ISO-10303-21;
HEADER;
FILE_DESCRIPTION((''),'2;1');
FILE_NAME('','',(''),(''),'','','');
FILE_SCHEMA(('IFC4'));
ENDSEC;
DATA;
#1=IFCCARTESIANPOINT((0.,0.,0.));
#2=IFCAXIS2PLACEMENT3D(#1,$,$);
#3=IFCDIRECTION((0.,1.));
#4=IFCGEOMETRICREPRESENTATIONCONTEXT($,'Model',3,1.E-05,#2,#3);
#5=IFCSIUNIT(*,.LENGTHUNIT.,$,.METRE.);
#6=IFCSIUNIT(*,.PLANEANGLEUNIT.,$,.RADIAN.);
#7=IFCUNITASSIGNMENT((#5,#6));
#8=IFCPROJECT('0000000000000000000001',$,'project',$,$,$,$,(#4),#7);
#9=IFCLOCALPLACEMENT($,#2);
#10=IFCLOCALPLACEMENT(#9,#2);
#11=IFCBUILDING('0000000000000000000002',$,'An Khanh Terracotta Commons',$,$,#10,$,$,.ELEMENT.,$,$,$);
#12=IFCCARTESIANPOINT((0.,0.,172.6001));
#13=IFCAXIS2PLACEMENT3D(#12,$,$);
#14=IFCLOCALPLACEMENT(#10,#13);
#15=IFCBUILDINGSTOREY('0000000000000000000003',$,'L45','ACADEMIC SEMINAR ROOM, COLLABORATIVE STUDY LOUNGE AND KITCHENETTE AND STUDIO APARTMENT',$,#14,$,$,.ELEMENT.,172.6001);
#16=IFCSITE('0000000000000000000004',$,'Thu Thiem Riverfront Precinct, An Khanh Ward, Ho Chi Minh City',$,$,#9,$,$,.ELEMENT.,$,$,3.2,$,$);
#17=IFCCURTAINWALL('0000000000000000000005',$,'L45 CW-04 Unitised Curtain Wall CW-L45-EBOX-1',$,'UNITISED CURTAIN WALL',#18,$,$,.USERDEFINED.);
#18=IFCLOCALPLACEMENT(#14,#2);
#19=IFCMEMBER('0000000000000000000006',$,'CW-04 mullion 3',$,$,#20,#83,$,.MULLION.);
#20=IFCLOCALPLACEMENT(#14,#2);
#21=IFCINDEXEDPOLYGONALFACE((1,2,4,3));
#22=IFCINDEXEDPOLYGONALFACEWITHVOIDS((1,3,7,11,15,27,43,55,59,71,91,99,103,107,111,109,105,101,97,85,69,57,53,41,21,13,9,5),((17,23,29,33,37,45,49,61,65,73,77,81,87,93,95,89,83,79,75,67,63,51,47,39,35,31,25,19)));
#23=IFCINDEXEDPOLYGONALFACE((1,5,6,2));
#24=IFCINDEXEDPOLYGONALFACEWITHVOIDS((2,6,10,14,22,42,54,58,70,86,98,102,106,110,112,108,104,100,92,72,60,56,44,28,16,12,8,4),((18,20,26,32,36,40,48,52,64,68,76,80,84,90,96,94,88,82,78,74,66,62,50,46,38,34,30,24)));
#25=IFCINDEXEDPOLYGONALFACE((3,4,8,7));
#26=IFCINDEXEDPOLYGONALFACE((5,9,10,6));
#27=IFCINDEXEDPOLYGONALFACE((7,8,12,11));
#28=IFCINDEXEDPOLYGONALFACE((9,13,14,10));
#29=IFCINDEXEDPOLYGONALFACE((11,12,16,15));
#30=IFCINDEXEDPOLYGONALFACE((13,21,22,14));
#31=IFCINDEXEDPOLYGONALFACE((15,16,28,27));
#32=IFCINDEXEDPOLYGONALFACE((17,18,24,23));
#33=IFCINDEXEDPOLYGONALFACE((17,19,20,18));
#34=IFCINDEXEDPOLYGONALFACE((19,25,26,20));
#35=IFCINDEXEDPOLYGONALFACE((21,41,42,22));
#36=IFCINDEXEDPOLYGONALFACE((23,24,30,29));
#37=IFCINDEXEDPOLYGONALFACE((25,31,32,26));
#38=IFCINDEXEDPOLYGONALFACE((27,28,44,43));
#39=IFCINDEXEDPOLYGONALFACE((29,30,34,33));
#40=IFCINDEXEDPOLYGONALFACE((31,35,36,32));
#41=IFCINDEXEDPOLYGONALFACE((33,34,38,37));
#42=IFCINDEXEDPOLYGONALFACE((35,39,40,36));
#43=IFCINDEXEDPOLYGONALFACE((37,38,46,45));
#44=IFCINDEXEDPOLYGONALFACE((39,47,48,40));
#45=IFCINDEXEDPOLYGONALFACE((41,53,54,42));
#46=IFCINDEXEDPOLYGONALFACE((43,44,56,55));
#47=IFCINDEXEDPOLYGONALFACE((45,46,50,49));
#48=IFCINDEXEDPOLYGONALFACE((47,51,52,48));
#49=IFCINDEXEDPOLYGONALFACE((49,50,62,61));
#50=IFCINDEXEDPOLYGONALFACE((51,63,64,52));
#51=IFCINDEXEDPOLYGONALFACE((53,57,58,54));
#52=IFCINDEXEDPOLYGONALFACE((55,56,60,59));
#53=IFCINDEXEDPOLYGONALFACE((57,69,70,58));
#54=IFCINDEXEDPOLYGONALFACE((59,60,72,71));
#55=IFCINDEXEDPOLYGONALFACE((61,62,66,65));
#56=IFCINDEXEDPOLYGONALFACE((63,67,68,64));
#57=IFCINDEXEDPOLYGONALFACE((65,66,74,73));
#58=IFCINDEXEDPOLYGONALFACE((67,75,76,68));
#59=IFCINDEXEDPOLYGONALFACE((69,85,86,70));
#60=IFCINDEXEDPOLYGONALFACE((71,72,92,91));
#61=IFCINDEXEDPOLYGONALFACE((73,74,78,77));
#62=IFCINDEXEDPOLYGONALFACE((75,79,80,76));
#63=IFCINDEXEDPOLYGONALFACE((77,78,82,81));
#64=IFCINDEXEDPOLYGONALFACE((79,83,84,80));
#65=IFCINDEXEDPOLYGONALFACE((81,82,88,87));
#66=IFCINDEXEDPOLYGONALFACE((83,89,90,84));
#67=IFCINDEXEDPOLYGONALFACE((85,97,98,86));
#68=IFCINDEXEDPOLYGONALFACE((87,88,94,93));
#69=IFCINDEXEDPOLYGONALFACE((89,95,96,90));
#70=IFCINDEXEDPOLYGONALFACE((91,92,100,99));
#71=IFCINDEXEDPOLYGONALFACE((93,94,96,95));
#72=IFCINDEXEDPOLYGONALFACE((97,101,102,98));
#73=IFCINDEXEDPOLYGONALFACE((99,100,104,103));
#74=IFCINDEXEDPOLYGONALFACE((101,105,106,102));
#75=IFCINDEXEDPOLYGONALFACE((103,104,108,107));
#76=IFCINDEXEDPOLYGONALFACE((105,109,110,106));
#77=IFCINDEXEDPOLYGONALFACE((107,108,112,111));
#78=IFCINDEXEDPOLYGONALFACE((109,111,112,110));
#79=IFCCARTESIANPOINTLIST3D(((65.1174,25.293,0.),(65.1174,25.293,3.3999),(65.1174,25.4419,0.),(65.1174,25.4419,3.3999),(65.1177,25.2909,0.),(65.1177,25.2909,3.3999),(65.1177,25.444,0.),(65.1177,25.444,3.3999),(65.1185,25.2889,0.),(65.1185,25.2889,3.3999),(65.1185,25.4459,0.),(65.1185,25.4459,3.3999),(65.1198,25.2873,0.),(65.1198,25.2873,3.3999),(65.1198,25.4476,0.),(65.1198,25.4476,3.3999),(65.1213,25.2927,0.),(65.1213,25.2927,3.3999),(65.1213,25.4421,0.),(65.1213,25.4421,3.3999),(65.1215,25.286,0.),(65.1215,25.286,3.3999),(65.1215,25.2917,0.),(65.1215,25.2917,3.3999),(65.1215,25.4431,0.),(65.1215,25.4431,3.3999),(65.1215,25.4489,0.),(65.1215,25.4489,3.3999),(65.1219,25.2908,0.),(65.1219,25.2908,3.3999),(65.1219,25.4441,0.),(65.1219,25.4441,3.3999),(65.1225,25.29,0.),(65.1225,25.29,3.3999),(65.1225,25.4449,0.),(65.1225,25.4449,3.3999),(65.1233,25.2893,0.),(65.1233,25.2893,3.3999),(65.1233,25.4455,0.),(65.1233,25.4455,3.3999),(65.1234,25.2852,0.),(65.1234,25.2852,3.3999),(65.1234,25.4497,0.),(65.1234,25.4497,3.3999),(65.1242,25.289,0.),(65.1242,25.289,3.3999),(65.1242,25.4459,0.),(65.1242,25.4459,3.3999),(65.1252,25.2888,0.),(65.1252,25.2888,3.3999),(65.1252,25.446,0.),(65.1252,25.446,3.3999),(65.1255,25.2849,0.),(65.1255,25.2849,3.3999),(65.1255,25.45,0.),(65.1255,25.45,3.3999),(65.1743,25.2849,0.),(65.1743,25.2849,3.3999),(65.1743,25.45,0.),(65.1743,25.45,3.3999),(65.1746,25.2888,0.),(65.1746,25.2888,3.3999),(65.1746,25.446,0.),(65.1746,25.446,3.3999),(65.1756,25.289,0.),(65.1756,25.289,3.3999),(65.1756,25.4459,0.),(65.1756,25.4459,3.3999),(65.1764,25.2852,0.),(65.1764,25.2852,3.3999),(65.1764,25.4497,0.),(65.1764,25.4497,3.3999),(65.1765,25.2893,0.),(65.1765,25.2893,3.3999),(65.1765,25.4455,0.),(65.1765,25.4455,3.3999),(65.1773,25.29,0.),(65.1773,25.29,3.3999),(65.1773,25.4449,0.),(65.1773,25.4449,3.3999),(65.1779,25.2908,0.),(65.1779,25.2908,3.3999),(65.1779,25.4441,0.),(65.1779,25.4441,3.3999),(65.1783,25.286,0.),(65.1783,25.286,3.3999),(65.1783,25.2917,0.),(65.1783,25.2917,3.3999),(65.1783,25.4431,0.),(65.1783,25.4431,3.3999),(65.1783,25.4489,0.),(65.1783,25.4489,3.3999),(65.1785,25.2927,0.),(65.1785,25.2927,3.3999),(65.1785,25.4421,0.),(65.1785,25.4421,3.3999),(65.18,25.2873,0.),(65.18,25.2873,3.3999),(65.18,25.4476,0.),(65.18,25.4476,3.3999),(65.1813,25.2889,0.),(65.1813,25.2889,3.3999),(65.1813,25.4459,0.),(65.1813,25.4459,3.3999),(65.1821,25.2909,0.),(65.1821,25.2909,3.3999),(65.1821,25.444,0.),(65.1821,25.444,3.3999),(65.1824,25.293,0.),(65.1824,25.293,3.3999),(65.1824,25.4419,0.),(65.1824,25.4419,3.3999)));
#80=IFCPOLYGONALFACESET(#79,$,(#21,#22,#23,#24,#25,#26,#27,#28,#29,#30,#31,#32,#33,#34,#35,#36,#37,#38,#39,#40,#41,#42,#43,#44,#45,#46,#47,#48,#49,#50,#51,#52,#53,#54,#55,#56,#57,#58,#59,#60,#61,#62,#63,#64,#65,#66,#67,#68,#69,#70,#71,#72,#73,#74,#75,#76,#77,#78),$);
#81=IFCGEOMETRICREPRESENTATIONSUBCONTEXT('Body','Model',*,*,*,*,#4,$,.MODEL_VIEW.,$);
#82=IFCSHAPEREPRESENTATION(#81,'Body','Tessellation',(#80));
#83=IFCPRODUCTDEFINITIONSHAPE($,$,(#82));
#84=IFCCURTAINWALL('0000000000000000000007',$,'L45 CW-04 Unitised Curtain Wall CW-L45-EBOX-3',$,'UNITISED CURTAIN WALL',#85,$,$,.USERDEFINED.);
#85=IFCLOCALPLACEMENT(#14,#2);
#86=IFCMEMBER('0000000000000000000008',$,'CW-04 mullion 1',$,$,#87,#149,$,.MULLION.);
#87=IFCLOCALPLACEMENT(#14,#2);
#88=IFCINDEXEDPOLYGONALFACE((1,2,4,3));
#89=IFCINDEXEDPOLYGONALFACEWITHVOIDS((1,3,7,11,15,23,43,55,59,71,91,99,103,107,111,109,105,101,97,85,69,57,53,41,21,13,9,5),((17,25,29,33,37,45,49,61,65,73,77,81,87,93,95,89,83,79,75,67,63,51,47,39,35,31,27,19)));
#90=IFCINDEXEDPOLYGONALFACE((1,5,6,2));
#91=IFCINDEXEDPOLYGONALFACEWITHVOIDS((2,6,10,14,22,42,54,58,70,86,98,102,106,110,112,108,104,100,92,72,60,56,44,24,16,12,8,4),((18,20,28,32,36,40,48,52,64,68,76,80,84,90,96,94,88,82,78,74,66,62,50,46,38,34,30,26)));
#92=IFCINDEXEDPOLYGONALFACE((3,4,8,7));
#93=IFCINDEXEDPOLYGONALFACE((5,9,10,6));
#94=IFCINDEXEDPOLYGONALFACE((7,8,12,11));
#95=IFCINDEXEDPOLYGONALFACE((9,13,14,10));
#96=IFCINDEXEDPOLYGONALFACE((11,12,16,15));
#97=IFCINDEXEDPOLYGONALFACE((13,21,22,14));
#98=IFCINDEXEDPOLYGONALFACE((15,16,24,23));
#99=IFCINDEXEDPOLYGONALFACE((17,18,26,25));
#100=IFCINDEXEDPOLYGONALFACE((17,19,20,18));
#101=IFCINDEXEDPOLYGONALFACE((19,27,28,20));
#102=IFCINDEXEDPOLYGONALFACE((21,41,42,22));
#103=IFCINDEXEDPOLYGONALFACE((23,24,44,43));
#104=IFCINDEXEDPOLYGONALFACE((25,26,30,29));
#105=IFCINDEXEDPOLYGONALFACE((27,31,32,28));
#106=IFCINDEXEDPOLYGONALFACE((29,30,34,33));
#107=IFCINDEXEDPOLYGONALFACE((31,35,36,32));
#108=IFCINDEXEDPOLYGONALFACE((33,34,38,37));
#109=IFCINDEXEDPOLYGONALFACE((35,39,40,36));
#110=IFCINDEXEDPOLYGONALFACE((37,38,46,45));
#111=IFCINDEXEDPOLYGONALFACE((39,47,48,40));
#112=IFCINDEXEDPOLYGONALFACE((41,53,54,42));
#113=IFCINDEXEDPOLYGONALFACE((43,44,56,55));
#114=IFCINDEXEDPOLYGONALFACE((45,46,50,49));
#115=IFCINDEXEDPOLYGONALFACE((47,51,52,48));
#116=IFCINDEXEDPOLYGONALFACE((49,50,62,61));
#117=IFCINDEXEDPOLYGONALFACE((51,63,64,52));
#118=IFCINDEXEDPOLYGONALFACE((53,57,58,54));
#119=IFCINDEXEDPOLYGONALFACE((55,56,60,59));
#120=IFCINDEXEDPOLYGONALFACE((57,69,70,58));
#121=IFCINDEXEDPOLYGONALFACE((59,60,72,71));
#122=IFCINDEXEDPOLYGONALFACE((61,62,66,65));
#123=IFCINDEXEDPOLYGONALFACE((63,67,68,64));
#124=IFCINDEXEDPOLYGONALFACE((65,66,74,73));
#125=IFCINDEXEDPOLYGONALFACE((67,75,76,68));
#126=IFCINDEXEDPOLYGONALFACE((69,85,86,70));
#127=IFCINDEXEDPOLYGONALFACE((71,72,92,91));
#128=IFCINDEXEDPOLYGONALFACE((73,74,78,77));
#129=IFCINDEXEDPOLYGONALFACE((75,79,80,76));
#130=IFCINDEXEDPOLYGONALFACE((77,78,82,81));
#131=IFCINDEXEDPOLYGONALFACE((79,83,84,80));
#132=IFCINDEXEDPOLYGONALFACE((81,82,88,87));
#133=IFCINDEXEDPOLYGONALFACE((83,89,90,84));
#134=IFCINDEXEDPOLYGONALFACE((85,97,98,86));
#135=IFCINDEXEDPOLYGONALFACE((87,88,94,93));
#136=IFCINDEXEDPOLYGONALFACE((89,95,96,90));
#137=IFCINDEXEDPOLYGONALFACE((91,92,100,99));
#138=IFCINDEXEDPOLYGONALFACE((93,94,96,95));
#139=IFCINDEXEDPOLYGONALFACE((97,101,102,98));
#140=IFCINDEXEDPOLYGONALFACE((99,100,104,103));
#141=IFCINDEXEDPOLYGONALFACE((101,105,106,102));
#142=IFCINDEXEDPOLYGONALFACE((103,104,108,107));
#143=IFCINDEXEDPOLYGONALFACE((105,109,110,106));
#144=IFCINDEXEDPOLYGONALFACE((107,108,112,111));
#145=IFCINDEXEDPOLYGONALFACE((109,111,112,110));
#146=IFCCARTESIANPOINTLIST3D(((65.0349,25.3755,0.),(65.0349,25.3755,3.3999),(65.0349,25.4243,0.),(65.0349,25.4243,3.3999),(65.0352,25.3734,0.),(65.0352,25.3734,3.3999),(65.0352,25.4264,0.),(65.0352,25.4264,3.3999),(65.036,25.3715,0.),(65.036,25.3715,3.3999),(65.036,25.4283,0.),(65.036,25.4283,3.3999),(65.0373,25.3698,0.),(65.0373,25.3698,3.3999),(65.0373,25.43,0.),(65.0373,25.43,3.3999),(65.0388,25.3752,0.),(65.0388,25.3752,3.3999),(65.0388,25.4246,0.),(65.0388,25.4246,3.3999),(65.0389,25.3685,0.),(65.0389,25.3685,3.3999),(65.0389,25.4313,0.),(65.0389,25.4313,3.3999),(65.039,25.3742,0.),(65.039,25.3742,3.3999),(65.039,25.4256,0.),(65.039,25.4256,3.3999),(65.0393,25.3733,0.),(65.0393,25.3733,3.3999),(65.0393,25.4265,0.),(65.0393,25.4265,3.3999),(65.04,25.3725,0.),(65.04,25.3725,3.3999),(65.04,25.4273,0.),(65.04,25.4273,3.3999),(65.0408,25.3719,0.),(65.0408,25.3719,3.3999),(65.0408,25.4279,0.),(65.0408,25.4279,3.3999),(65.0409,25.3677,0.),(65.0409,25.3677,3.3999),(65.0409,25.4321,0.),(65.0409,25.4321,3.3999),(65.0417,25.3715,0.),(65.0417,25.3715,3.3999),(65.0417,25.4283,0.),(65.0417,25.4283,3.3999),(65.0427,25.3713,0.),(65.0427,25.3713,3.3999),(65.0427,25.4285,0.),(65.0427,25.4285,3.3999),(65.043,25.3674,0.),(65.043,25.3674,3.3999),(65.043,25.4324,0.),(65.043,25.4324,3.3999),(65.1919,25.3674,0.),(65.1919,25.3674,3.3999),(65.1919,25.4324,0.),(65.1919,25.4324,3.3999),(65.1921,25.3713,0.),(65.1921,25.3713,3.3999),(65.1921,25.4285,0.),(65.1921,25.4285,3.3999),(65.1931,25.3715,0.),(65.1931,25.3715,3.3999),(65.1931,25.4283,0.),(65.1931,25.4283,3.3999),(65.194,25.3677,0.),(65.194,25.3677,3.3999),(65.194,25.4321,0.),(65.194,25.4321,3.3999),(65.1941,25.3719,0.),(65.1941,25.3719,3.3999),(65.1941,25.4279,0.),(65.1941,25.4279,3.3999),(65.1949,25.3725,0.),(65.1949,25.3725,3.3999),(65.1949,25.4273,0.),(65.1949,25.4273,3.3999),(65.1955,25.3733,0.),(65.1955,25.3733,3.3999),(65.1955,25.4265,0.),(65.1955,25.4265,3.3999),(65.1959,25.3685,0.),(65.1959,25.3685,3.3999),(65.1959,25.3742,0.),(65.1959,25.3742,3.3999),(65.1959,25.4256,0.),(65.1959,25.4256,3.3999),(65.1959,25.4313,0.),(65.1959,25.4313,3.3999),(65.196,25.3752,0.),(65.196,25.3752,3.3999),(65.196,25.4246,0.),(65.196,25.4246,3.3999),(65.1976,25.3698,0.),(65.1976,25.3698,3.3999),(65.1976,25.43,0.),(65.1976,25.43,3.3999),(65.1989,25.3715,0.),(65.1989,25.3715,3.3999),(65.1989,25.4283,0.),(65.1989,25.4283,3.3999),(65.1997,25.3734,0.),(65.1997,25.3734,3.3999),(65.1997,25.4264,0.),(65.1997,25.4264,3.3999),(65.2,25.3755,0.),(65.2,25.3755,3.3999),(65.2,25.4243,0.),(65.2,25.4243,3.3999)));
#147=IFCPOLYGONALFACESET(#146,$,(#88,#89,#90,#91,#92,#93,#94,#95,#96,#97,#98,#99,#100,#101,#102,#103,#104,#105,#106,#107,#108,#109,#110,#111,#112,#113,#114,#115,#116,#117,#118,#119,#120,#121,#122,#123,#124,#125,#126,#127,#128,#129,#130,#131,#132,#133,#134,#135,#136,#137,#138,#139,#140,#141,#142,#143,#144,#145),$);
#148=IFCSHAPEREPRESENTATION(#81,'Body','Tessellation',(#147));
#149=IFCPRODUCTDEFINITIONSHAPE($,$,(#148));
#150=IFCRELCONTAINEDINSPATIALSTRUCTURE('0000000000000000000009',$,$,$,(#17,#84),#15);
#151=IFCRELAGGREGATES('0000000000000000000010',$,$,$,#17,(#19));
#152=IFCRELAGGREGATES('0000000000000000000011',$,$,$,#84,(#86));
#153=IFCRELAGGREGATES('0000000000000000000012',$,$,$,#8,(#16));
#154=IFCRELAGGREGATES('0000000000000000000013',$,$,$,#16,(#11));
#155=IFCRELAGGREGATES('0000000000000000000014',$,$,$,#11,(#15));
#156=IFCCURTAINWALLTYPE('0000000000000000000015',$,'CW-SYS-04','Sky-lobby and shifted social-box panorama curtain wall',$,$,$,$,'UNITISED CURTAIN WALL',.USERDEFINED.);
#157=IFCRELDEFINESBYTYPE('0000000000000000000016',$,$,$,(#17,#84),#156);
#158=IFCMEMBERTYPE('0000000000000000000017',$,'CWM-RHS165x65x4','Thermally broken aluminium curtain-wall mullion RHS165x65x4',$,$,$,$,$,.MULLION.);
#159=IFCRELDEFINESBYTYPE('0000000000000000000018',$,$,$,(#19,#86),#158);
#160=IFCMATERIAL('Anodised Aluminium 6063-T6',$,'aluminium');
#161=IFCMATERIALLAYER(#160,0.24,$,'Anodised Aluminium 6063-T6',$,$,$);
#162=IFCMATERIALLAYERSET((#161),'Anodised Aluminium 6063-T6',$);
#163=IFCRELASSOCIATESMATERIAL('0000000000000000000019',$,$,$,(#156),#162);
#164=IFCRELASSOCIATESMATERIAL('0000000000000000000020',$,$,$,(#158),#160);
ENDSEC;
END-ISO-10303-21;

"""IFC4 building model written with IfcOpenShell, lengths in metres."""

from ifc_helpers import new_model, si_unit, direction, frame, origin, origin_2d, place, context, subcontext, project, spatial, hollow_rectangle, extrude, material, layer, layer_set, material_profile, profile_set, type_object, element, aggregate, save


model = new_model("IFC4")

# Units and contexts
model_context = context("Model", 3, precision=1e-05, world=origin(), true_north=direction((0.0, 1.0)))
body_context = subcontext(model_context, "Body", "Model", "MODEL_VIEW")
ifc_project = project(units=[si_unit("LENGTHUNIT", "METRE"), si_unit("PLANEANGLEUNIT", "RADIAN")], contexts=[model_context])

# Site, building, storey
site_placement = place(None, origin())
site = spatial("IfcSite", under=ifc_project, at=site_placement, Name="Thu Thiem Riverfront Precinct, An Khanh Ward, Ho Chi Minh City", CompositionType="ELEMENT", RefElevation=3.2)
building_placement = place(site_placement, origin())
building = spatial("IfcBuilding", under=site, at=building_placement, Name="An Khanh Terracotta Commons", CompositionType="ELEMENT")
storey_placement = place(building_placement, frame((0.0, 0.0, 172.6001)))
storey = spatial("IfcBuildingStorey", under=building, at=storey_placement, Name="L45", Description="ACADEMIC SEMINAR ROOM, COLLABORATIVE STUDY LOUNGE AND KITCHENETTE AND STUDIO APARTMENT", CompositionType="ELEMENT", Elevation=172.6001)

# Curtain wall, member
ifc_material_1 = material(Name="Anodised Aluminium 6063-T6", Category="aluminium")
ifc_layer_1 = layer(ifc_material_1, 0.24, Name="Anodised Aluminium 6063-T6")
ifc_layer_set_1 = layer_set([ifc_layer_1], Name="Anodised Aluminium 6063-T6")
curtain_wall_type_1 = type_object("IfcCurtainWallType", Name="CW-SYS-04", Description="Sky-lobby and shifted social-box panorama curtain wall", ElementType="UNITISED CURTAIN WALL", PredefinedType="USERDEFINED", material=ifc_layer_set_1)
curtain_wall_1_placement = place(storey_placement, origin())
curtain_wall_1 = element("IfcCurtainWall", 1, at=curtain_wall_1_placement, inside=storey, type_object=curtain_wall_type_1, Name="L45 CW-04 Unitised Curtain Wall CW-L45-EBOX-1", ObjectType="UNITISED CURTAIN WALL", PredefinedType="USERDEFINED")
ifc_material_profile_1 = material_profile(ifc_material_1, hollow_rectangle(XDim=0.0649, YDim=0.165, WallThickness=0.0039, InnerFilletRadius=0.0039, OuterFilletRadius=0.0081, at=origin_2d()), Name="RHS165x65x4")
ifc_profile_set_1 = profile_set([ifc_material_profile_1], Name="Anodised Aluminium 6063-T6")
member_type_1 = type_object("IfcMemberType", Name="CWM-RHS165x65x4", Description="Thermally broken aluminium curtain-wall mullion RHS165x65x4", PredefinedType="MULLION", material=ifc_profile_set_1)
member_1_placement = place(storey_placement, frame((65.1499, 25.3674, 0.0), z_axis=(0.0, 0.0, 1.0), x_axis=(-1.0, 0.0, 0.0)))
member_1 = element("IfcMember", 2, at=member_1_placement, type_object=member_type_1, Name="CW-04 mullion 3", PredefinedType="MULLION", context=body_context, shape_type="SweptSolid", body=[
    extrude(hollow_rectangle(XDim=0.0649, YDim=0.165, WallThickness=0.0039, InnerFilletRadius=0.0039, OuterFilletRadius=0.0081, at=origin_2d()), origin(), (0.0, 0.0, 1.0), 3.3999),
])

# Curtain wall, member
curtain_wall_2_placement = place(storey_placement, origin())
curtain_wall_2 = element("IfcCurtainWall", 3, at=curtain_wall_2_placement, inside=storey, type_object=curtain_wall_type_1, Name="L45 CW-04 Unitised Curtain Wall CW-L45-EBOX-3", ObjectType="UNITISED CURTAIN WALL", PredefinedType="USERDEFINED")
member_2_placement = place(storey_placement, frame((65.1174, 25.3999, 0.0), z_axis=(0.0, 0.0, 1.0), x_axis=(0.0, -1.0, 0.0)))
member_2 = element("IfcMember", 4, at=member_2_placement, type_object=member_type_1, Name="CW-04 mullion 1", PredefinedType="MULLION", context=body_context, shape_type="SweptSolid", body=[
    extrude(hollow_rectangle(XDim=0.0649, YDim=0.165, WallThickness=0.0039, InnerFilletRadius=0.0039, OuterFilletRadius=0.0081, at=origin_2d()), origin(), (0.0, 0.0, 1.0), 3.3999),
])

aggregate(curtain_wall_1, [member_1])
aggregate(curtain_wall_2, [member_2])

save(model, "model.ifc")
